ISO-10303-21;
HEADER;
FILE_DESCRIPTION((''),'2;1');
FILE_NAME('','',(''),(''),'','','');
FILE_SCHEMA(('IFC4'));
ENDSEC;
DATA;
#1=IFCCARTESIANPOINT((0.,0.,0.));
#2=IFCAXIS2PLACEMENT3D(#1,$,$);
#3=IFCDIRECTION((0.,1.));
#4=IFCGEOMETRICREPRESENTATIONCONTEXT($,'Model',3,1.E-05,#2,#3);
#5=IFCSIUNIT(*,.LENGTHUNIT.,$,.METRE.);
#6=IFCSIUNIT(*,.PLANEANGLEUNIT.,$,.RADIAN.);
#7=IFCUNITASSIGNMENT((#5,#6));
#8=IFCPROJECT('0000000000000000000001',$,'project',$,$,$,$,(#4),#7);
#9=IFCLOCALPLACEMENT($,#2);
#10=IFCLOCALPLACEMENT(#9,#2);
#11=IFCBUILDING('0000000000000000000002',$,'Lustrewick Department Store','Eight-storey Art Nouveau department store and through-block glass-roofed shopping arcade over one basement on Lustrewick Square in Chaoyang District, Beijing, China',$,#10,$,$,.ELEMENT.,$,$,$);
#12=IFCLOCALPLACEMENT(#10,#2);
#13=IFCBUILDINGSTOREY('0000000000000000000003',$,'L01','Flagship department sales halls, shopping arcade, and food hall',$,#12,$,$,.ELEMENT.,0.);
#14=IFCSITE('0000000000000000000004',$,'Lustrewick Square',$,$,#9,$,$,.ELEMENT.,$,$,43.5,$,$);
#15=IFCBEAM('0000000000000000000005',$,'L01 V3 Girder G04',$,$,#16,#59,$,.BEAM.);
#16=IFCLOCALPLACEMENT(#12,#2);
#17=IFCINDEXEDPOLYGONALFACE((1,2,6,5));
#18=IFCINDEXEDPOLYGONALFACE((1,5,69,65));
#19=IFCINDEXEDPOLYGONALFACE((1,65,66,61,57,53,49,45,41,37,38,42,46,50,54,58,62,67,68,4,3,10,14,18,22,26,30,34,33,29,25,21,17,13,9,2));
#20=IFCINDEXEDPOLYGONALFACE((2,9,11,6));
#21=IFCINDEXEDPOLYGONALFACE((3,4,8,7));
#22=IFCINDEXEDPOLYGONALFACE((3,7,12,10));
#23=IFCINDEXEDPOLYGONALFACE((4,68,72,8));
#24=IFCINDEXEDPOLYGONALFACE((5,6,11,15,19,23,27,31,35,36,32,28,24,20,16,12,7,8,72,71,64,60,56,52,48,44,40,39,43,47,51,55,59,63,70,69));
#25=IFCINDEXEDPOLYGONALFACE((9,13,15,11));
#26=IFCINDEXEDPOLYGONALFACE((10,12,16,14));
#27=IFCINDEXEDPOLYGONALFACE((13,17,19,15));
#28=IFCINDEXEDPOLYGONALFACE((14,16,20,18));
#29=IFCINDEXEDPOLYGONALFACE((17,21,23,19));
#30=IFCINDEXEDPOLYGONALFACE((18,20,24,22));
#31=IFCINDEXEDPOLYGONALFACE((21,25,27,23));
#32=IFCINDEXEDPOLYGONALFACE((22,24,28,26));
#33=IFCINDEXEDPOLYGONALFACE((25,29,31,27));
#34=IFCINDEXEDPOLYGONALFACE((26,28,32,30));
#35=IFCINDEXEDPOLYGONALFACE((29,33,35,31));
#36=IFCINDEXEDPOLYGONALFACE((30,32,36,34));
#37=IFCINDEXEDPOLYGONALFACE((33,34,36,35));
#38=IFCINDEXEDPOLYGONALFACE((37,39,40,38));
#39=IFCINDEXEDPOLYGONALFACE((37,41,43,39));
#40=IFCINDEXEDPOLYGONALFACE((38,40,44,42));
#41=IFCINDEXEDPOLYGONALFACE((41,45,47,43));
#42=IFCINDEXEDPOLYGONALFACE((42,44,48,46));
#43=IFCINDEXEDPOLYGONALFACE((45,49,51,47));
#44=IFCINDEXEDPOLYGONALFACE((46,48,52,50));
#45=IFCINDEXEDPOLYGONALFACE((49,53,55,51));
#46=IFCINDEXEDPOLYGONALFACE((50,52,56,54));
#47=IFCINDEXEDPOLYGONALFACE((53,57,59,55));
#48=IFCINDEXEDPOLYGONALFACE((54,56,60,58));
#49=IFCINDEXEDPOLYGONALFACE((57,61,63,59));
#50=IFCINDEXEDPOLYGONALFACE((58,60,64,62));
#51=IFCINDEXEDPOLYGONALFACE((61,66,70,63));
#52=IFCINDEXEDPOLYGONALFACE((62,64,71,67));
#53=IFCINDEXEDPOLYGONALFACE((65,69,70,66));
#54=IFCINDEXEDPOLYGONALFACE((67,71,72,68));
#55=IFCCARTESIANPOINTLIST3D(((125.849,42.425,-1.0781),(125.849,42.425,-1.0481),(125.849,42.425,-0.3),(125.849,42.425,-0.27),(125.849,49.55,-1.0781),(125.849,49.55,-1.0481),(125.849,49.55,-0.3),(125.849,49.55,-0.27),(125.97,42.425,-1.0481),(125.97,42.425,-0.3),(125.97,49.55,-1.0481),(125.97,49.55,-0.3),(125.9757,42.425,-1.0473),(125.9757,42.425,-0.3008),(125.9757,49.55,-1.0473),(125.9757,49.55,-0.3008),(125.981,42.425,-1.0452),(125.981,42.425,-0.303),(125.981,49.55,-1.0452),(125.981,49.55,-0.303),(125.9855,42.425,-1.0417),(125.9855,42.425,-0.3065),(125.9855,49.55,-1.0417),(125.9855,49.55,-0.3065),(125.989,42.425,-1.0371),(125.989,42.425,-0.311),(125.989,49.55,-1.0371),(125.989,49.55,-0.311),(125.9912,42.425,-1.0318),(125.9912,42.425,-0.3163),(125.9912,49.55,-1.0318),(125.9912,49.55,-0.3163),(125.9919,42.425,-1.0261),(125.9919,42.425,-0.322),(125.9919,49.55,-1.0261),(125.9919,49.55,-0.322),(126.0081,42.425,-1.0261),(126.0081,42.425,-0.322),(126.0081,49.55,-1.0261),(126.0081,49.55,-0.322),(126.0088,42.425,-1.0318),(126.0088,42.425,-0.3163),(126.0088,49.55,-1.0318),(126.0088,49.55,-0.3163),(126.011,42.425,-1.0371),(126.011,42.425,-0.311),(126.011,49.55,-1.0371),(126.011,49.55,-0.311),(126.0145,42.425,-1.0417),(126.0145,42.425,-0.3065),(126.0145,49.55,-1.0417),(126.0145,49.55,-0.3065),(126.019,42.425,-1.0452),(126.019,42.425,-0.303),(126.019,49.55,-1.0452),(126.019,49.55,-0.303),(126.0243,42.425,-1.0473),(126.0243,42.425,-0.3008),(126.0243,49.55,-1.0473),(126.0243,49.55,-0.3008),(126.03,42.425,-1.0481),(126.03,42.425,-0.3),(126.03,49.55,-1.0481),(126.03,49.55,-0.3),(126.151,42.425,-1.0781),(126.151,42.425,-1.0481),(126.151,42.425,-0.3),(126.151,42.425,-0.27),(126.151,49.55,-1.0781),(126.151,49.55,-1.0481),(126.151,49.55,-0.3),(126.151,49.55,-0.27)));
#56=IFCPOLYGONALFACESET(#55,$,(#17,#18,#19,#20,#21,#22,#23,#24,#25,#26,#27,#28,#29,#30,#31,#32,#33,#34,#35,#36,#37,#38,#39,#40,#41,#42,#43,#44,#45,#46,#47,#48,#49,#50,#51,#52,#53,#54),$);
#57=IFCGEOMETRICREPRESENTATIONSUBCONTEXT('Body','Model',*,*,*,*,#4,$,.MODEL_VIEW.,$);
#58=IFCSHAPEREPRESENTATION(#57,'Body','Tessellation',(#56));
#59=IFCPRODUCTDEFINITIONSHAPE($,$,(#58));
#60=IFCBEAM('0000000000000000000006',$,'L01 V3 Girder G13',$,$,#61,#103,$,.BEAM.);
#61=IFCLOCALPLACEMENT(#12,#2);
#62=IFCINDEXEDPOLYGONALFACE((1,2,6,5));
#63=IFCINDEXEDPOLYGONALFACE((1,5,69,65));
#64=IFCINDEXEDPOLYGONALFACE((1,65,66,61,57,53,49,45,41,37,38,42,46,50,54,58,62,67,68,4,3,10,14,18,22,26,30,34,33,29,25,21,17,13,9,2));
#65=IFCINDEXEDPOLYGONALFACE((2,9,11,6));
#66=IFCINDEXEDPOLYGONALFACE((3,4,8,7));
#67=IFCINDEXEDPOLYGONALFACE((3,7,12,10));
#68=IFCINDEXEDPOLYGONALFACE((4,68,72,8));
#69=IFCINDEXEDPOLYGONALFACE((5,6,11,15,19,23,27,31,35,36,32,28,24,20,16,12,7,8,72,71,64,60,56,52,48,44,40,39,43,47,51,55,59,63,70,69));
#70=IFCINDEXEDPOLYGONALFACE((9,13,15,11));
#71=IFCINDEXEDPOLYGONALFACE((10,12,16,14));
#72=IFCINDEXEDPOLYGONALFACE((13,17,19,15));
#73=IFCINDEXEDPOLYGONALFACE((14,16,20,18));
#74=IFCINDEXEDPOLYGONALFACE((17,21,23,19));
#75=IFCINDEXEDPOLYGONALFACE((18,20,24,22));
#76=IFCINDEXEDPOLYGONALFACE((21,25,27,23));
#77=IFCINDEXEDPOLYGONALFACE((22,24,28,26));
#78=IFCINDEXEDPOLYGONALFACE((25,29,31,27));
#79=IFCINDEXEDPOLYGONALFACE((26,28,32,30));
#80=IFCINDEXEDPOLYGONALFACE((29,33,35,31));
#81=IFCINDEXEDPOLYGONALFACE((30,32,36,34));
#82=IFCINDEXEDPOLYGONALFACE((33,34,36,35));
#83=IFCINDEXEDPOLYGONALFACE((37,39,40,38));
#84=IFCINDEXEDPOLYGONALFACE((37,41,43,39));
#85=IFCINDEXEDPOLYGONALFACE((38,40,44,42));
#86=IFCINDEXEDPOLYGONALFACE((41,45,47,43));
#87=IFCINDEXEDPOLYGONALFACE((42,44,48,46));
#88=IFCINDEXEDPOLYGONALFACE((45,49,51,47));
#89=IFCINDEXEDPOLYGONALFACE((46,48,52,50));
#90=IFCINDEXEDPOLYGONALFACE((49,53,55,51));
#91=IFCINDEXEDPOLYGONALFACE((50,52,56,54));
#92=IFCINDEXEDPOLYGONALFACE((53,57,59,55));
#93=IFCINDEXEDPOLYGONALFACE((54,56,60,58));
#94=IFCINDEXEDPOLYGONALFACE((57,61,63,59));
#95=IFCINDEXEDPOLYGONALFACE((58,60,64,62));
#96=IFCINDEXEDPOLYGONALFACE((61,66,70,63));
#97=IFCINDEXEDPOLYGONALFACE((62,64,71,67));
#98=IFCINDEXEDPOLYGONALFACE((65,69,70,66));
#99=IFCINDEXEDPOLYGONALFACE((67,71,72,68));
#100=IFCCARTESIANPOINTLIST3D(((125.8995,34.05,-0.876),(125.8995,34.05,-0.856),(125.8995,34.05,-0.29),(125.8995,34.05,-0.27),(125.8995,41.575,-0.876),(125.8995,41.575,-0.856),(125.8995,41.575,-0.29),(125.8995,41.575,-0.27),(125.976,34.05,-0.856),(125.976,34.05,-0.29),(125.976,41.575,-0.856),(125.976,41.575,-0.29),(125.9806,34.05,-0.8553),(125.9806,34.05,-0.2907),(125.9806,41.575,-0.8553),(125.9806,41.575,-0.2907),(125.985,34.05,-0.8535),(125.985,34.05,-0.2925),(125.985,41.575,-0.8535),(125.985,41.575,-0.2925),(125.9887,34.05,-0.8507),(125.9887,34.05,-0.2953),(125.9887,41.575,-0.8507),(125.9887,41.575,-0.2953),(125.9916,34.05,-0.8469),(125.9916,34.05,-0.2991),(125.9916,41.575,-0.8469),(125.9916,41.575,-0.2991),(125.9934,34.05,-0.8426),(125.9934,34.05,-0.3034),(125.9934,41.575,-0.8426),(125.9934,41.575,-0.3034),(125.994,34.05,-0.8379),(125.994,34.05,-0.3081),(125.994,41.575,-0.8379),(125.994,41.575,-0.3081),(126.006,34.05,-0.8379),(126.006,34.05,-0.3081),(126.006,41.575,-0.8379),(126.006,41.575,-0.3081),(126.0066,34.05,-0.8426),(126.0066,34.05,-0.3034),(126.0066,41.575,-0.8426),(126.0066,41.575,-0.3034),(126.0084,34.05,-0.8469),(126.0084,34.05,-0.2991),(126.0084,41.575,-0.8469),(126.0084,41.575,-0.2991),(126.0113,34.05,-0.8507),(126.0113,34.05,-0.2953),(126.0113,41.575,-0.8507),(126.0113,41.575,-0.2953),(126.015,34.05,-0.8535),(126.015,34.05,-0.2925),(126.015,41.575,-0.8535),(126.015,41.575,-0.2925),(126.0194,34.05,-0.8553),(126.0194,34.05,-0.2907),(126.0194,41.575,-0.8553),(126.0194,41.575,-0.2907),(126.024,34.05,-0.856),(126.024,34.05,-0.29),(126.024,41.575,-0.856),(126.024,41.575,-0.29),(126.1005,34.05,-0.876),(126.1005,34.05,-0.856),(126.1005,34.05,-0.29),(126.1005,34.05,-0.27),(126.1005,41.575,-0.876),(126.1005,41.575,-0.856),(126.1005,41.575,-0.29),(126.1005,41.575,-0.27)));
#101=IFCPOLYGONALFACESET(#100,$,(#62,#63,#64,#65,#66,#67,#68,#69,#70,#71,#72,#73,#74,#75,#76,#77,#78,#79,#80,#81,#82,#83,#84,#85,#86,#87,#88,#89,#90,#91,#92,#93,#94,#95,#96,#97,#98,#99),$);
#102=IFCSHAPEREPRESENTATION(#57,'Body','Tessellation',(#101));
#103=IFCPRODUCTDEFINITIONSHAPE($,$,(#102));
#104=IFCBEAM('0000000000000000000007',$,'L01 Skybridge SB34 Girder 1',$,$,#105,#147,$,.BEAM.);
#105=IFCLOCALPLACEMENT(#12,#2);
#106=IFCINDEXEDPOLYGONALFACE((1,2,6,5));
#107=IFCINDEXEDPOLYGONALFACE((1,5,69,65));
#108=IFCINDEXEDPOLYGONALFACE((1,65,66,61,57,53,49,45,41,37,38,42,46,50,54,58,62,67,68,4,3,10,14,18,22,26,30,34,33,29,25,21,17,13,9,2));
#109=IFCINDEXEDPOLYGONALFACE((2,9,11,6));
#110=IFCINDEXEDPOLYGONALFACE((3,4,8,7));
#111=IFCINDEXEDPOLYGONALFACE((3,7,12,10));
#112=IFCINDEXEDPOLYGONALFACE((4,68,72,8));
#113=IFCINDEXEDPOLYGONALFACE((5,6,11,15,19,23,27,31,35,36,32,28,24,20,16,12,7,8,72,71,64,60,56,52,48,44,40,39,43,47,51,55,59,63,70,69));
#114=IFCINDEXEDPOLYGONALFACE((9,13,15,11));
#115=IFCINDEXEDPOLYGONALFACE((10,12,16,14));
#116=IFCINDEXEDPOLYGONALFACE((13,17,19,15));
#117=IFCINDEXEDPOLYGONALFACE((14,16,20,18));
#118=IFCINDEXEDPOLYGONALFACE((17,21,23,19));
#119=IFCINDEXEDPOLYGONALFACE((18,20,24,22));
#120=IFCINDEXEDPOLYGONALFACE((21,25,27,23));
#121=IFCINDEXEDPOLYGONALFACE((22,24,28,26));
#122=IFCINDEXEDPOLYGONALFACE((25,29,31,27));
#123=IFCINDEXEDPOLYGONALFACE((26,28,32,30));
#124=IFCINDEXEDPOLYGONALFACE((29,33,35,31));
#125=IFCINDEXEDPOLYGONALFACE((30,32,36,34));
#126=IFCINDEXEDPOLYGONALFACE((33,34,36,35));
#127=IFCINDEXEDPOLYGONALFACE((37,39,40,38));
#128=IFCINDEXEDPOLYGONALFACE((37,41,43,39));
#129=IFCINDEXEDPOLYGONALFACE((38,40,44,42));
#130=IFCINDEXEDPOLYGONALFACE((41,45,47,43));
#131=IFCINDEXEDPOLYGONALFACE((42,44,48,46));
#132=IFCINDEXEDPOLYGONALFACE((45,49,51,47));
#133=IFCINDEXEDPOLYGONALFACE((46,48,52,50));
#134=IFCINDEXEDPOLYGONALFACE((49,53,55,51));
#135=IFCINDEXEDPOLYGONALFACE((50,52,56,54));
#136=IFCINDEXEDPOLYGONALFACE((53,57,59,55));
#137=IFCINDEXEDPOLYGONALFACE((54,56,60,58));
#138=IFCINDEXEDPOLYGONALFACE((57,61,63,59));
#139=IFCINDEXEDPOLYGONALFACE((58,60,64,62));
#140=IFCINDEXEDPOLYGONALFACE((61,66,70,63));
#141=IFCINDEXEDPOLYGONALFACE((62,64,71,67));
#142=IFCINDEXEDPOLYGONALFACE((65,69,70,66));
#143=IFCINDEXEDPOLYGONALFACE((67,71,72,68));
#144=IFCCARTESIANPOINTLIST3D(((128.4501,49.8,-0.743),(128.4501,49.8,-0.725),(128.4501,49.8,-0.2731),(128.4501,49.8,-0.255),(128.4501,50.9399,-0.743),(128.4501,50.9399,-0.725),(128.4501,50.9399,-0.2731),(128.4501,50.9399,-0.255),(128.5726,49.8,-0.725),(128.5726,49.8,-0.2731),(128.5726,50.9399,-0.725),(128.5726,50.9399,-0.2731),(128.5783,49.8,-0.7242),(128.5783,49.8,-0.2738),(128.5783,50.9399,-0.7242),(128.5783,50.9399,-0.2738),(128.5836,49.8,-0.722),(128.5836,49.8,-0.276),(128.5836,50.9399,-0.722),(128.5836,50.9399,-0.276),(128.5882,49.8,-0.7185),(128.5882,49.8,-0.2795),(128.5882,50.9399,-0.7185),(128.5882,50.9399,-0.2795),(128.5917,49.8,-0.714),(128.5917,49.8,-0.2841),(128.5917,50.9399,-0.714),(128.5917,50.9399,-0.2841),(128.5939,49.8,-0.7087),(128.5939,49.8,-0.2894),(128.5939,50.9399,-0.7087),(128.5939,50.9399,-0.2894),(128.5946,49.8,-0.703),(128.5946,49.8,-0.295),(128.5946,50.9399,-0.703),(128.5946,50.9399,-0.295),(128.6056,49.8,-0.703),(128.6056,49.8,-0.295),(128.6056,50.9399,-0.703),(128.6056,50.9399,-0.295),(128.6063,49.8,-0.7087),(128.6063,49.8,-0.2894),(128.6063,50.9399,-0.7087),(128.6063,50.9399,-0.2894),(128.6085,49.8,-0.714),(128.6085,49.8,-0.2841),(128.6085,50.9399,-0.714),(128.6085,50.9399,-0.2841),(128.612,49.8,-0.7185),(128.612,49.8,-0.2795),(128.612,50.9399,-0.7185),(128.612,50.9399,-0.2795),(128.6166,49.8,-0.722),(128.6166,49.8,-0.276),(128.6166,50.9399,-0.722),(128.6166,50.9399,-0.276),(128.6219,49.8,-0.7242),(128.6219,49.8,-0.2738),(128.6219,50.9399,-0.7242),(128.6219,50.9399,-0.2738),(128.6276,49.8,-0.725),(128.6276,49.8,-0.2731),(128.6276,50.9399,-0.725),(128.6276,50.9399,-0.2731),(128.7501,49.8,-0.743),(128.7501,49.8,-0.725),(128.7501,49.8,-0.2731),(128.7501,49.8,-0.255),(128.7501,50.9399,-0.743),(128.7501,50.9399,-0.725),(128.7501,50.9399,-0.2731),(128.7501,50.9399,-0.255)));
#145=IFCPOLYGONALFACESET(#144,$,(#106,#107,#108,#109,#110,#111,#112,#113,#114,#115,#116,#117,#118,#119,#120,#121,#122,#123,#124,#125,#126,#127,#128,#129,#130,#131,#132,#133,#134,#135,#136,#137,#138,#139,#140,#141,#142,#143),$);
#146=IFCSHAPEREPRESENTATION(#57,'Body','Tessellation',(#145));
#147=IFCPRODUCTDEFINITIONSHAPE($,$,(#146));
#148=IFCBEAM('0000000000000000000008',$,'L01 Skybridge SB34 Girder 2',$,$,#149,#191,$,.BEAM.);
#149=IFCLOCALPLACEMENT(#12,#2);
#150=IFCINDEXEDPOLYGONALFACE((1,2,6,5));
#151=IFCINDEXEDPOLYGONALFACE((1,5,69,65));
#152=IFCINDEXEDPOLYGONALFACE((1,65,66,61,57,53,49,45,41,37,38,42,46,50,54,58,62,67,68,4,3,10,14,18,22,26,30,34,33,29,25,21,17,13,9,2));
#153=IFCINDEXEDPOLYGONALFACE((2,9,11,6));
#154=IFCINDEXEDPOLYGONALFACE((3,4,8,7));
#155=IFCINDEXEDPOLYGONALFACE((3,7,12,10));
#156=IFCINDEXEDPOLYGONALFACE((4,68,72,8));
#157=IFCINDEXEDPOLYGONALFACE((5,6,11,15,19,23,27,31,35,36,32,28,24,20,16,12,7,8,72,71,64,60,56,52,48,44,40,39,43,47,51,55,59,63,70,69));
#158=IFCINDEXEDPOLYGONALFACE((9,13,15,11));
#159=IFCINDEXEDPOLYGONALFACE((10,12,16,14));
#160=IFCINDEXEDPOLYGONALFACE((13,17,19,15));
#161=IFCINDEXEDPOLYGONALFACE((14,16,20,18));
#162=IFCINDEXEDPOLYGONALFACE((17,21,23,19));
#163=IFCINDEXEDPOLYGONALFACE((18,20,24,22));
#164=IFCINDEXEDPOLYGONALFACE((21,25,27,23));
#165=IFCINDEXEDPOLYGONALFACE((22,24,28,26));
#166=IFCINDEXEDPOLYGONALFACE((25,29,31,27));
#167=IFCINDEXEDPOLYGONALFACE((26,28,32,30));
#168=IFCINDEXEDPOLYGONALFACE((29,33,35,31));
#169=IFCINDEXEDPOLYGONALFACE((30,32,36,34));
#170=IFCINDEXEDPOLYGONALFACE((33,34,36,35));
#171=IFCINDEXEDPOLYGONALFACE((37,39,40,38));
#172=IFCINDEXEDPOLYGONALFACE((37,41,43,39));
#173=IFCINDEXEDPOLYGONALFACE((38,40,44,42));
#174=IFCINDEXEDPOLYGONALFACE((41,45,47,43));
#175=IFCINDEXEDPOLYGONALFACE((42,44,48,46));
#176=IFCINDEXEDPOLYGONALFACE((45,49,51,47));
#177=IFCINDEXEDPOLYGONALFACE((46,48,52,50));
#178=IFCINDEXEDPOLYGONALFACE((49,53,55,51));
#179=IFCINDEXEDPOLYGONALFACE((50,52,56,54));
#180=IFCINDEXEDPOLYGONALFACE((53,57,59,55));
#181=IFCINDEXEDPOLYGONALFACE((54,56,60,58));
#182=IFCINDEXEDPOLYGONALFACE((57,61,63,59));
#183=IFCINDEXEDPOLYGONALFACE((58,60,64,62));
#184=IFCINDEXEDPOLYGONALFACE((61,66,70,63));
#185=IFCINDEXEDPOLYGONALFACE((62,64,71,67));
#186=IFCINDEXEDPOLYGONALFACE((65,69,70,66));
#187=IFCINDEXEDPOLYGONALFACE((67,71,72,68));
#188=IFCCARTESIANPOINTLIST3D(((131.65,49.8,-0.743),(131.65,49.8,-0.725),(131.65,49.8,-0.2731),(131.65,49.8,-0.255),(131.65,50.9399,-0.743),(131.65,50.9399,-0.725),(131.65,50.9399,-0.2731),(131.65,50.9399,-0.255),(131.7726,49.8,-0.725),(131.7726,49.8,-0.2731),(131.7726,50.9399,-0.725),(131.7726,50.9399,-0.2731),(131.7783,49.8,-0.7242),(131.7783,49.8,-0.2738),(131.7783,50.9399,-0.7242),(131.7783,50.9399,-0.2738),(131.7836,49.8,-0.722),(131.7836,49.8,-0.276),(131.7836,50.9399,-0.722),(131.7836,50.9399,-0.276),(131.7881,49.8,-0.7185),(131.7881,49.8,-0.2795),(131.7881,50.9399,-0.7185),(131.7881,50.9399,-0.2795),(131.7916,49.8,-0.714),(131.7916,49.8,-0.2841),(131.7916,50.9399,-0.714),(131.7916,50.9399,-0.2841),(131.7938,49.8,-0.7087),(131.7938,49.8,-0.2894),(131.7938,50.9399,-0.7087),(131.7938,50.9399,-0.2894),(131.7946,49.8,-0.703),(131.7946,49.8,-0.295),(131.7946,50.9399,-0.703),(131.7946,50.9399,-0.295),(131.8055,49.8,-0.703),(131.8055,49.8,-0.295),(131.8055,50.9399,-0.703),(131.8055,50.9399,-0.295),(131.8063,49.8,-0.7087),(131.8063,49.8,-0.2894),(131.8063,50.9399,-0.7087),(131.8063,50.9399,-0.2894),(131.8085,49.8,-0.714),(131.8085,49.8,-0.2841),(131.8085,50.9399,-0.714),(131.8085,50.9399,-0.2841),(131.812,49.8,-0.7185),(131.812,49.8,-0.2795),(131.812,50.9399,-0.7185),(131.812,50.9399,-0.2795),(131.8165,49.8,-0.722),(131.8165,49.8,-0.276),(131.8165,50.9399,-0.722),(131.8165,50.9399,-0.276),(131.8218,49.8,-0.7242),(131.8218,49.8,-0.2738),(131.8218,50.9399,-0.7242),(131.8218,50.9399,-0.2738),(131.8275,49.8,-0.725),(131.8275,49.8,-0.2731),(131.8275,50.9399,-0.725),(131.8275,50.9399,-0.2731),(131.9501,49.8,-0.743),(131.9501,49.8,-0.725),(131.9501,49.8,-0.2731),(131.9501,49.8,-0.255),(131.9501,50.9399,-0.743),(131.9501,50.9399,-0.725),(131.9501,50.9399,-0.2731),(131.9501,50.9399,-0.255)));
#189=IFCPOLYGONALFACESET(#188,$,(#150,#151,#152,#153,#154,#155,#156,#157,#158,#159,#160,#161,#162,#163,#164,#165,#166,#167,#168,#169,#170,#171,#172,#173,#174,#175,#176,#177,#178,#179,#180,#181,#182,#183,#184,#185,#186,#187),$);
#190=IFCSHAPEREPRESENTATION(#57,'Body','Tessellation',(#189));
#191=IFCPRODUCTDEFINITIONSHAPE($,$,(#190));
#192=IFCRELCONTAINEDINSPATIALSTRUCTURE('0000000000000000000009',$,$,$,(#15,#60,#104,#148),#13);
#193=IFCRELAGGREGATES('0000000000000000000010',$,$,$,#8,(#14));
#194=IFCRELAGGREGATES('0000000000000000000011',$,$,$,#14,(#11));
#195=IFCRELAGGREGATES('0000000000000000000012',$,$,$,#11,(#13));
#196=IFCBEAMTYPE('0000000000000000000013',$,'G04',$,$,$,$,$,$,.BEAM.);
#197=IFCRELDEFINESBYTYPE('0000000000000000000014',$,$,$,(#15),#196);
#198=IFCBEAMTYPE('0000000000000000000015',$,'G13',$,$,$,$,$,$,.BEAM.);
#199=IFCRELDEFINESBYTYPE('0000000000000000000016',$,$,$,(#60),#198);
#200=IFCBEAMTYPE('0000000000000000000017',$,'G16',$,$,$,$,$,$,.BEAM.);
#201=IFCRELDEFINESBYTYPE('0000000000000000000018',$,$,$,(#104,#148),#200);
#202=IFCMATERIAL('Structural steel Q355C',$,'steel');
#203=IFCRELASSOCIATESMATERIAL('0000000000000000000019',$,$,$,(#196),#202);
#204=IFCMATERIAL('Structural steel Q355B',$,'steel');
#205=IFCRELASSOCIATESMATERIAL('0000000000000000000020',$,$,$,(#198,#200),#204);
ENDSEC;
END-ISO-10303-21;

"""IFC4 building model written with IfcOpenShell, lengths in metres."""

from ifc_helpers import new_model, si_unit, direction, frame, origin, origin_2d, place, context, subcontext, project, spatial, i_section, extrude, material, material_profile, profile_set, type_object, element, save


model = new_model("IFC4")

# Units and contexts
model_context = context("Model", 3, precision=1e-05, world=origin(), true_north=direction((0.0, 1.0)))
body_context = subcontext(model_context, "Body", "Model", "MODEL_VIEW")
ifc_project = project(units=[si_unit("LENGTHUNIT", "METRE"), si_unit("PLANEANGLEUNIT", "RADIAN")], contexts=[model_context])

# Site, building, storey
site_placement = place(None, origin())
site = spatial("IfcSite", under=ifc_project, at=site_placement, Name="Lustrewick Square", CompositionType="ELEMENT", RefElevation=43.5)
building_placement = place(site_placement, origin())
building = spatial("IfcBuilding", under=site, at=building_placement, Name="Lustrewick Department Store", Description="Eight-storey Art Nouveau department store and through-block glass-roofed shopping arcade over one basement on Lustrewick Square in Chaoyang District, Beijing, China", CompositionType="ELEMENT")
storey_placement = place(building_placement, origin())
storey = spatial("IfcBuildingStorey", under=building, at=storey_placement, Name="L01", Description="Flagship department sales halls, shopping arcade, and food hall", CompositionType="ELEMENT", Elevation=0.0)

# Shared definitions
ifc_material_1 = material(Name="Structural steel Q355B", Category="steel")

# Shared definitions
ifc_material_2 = material(Name="Structural steel Q355C", Category="steel")

# Beams
ifc_material_profile_1 = material_profile(ifc_material_2, i_section(OverallWidth=0.302, OverallDepth=0.8081, WebThickness=0.0161, FlangeThickness=0.03, FilletRadius=0.022, at=origin_2d()), Name="HN 808x302x16x30")
ifc_profile_set_1 = profile_set([ifc_material_profile_1], Name="Structural steel Q355C")
beam_type_1 = type_object("IfcBeamType", Name="G04", PredefinedType="BEAM", material=ifc_profile_set_1)
beam_1_placement = place(storey_placement, frame((126.0, 42.425, -0.6741), z_axis=(0.0, 1.0, 0.0), x_axis=(-1.0, 0.0, 0.0)))
element("IfcBeam", 1, at=beam_1_placement, inside=storey, type_object=beam_type_1, Name="L01 V3 Girder G04", PredefinedType="BEAM", context=body_context, shape_type="SweptSolid", body=[
    extrude(i_section(OverallWidth=0.302, OverallDepth=0.8081, WebThickness=0.0161, FlangeThickness=0.03, FilletRadius=0.022, at=origin_2d()), origin(), (0.0, 0.0, 1.0), 7.125),
])
ifc_material_profile_2 = material_profile(ifc_material_1, i_section(OverallWidth=0.2009, OverallDepth=0.606, WebThickness=0.012, FlangeThickness=0.02, FilletRadius=0.0181, at=origin_2d()), Name="HN 606x201x12x20")
ifc_profile_set_2 = profile_set([ifc_material_profile_2], Name="Structural steel Q355B")
beam_type_2 = type_object("IfcBeamType", Name="G13", PredefinedType="BEAM", material=ifc_profile_set_2)
beam_2_placement = place(storey_placement, frame((126.0, 34.05, -0.573), z_axis=(0.0, 1.0, 0.0), x_axis=(-1.0, 0.0, 0.0)))
element("IfcBeam", 2, at=beam_2_placement, inside=storey, type_object=beam_type_2, Name="L01 V3 Girder G13", PredefinedType="BEAM", context=body_context, shape_type="SweptSolid", body=[
    extrude(i_section(OverallWidth=0.2009, OverallDepth=0.606, WebThickness=0.012, FlangeThickness=0.02, FilletRadius=0.0181, at=origin_2d()), origin(), (0.0, 0.0, 1.0), 7.5249),
])
ifc_material_profile_3 = material_profile(ifc_material_1, i_section(OverallWidth=0.3, OverallDepth=0.488, WebThickness=0.011, FlangeThickness=0.0181, FilletRadius=0.022, at=origin_2d()), Name="HM 488x300x11x18")
ifc_profile_set_3 = profile_set([ifc_material_profile_3], Name="Structural steel Q355B")
beam_type_3 = type_object("IfcBeamType", Name="G16", PredefinedType="BEAM", material=ifc_profile_set_3)
for number, where, z_axis, x_axis, name in (
    (3, (128.6001, 49.8, -0.499), (0.0, 1.0, 0.0), (-1.0, 0.0, 0.0), "L01 Skybridge SB34 Girder 1"),
    (4, (131.8, 49.8, -0.499), (0.0, 1.0, 0.0), (-1.0, 0.0, 0.0), "L01 Skybridge SB34 Girder 2"),
):
    element("IfcBeam", number, at=place(storey_placement, frame(where, z_axis=z_axis, x_axis=x_axis)), inside=storey, type_object=beam_type_3, Name=name, PredefinedType="BEAM", context=body_context, shape_type="SweptSolid", body=[
        extrude(i_section(OverallWidth=0.3, OverallDepth=0.488, WebThickness=0.011, FlangeThickness=0.0181, FilletRadius=0.022, at=origin_2d()), origin(), (0.0, 0.0, 1.0), 1.1399),
    ])

save(model, "model.ifc")
